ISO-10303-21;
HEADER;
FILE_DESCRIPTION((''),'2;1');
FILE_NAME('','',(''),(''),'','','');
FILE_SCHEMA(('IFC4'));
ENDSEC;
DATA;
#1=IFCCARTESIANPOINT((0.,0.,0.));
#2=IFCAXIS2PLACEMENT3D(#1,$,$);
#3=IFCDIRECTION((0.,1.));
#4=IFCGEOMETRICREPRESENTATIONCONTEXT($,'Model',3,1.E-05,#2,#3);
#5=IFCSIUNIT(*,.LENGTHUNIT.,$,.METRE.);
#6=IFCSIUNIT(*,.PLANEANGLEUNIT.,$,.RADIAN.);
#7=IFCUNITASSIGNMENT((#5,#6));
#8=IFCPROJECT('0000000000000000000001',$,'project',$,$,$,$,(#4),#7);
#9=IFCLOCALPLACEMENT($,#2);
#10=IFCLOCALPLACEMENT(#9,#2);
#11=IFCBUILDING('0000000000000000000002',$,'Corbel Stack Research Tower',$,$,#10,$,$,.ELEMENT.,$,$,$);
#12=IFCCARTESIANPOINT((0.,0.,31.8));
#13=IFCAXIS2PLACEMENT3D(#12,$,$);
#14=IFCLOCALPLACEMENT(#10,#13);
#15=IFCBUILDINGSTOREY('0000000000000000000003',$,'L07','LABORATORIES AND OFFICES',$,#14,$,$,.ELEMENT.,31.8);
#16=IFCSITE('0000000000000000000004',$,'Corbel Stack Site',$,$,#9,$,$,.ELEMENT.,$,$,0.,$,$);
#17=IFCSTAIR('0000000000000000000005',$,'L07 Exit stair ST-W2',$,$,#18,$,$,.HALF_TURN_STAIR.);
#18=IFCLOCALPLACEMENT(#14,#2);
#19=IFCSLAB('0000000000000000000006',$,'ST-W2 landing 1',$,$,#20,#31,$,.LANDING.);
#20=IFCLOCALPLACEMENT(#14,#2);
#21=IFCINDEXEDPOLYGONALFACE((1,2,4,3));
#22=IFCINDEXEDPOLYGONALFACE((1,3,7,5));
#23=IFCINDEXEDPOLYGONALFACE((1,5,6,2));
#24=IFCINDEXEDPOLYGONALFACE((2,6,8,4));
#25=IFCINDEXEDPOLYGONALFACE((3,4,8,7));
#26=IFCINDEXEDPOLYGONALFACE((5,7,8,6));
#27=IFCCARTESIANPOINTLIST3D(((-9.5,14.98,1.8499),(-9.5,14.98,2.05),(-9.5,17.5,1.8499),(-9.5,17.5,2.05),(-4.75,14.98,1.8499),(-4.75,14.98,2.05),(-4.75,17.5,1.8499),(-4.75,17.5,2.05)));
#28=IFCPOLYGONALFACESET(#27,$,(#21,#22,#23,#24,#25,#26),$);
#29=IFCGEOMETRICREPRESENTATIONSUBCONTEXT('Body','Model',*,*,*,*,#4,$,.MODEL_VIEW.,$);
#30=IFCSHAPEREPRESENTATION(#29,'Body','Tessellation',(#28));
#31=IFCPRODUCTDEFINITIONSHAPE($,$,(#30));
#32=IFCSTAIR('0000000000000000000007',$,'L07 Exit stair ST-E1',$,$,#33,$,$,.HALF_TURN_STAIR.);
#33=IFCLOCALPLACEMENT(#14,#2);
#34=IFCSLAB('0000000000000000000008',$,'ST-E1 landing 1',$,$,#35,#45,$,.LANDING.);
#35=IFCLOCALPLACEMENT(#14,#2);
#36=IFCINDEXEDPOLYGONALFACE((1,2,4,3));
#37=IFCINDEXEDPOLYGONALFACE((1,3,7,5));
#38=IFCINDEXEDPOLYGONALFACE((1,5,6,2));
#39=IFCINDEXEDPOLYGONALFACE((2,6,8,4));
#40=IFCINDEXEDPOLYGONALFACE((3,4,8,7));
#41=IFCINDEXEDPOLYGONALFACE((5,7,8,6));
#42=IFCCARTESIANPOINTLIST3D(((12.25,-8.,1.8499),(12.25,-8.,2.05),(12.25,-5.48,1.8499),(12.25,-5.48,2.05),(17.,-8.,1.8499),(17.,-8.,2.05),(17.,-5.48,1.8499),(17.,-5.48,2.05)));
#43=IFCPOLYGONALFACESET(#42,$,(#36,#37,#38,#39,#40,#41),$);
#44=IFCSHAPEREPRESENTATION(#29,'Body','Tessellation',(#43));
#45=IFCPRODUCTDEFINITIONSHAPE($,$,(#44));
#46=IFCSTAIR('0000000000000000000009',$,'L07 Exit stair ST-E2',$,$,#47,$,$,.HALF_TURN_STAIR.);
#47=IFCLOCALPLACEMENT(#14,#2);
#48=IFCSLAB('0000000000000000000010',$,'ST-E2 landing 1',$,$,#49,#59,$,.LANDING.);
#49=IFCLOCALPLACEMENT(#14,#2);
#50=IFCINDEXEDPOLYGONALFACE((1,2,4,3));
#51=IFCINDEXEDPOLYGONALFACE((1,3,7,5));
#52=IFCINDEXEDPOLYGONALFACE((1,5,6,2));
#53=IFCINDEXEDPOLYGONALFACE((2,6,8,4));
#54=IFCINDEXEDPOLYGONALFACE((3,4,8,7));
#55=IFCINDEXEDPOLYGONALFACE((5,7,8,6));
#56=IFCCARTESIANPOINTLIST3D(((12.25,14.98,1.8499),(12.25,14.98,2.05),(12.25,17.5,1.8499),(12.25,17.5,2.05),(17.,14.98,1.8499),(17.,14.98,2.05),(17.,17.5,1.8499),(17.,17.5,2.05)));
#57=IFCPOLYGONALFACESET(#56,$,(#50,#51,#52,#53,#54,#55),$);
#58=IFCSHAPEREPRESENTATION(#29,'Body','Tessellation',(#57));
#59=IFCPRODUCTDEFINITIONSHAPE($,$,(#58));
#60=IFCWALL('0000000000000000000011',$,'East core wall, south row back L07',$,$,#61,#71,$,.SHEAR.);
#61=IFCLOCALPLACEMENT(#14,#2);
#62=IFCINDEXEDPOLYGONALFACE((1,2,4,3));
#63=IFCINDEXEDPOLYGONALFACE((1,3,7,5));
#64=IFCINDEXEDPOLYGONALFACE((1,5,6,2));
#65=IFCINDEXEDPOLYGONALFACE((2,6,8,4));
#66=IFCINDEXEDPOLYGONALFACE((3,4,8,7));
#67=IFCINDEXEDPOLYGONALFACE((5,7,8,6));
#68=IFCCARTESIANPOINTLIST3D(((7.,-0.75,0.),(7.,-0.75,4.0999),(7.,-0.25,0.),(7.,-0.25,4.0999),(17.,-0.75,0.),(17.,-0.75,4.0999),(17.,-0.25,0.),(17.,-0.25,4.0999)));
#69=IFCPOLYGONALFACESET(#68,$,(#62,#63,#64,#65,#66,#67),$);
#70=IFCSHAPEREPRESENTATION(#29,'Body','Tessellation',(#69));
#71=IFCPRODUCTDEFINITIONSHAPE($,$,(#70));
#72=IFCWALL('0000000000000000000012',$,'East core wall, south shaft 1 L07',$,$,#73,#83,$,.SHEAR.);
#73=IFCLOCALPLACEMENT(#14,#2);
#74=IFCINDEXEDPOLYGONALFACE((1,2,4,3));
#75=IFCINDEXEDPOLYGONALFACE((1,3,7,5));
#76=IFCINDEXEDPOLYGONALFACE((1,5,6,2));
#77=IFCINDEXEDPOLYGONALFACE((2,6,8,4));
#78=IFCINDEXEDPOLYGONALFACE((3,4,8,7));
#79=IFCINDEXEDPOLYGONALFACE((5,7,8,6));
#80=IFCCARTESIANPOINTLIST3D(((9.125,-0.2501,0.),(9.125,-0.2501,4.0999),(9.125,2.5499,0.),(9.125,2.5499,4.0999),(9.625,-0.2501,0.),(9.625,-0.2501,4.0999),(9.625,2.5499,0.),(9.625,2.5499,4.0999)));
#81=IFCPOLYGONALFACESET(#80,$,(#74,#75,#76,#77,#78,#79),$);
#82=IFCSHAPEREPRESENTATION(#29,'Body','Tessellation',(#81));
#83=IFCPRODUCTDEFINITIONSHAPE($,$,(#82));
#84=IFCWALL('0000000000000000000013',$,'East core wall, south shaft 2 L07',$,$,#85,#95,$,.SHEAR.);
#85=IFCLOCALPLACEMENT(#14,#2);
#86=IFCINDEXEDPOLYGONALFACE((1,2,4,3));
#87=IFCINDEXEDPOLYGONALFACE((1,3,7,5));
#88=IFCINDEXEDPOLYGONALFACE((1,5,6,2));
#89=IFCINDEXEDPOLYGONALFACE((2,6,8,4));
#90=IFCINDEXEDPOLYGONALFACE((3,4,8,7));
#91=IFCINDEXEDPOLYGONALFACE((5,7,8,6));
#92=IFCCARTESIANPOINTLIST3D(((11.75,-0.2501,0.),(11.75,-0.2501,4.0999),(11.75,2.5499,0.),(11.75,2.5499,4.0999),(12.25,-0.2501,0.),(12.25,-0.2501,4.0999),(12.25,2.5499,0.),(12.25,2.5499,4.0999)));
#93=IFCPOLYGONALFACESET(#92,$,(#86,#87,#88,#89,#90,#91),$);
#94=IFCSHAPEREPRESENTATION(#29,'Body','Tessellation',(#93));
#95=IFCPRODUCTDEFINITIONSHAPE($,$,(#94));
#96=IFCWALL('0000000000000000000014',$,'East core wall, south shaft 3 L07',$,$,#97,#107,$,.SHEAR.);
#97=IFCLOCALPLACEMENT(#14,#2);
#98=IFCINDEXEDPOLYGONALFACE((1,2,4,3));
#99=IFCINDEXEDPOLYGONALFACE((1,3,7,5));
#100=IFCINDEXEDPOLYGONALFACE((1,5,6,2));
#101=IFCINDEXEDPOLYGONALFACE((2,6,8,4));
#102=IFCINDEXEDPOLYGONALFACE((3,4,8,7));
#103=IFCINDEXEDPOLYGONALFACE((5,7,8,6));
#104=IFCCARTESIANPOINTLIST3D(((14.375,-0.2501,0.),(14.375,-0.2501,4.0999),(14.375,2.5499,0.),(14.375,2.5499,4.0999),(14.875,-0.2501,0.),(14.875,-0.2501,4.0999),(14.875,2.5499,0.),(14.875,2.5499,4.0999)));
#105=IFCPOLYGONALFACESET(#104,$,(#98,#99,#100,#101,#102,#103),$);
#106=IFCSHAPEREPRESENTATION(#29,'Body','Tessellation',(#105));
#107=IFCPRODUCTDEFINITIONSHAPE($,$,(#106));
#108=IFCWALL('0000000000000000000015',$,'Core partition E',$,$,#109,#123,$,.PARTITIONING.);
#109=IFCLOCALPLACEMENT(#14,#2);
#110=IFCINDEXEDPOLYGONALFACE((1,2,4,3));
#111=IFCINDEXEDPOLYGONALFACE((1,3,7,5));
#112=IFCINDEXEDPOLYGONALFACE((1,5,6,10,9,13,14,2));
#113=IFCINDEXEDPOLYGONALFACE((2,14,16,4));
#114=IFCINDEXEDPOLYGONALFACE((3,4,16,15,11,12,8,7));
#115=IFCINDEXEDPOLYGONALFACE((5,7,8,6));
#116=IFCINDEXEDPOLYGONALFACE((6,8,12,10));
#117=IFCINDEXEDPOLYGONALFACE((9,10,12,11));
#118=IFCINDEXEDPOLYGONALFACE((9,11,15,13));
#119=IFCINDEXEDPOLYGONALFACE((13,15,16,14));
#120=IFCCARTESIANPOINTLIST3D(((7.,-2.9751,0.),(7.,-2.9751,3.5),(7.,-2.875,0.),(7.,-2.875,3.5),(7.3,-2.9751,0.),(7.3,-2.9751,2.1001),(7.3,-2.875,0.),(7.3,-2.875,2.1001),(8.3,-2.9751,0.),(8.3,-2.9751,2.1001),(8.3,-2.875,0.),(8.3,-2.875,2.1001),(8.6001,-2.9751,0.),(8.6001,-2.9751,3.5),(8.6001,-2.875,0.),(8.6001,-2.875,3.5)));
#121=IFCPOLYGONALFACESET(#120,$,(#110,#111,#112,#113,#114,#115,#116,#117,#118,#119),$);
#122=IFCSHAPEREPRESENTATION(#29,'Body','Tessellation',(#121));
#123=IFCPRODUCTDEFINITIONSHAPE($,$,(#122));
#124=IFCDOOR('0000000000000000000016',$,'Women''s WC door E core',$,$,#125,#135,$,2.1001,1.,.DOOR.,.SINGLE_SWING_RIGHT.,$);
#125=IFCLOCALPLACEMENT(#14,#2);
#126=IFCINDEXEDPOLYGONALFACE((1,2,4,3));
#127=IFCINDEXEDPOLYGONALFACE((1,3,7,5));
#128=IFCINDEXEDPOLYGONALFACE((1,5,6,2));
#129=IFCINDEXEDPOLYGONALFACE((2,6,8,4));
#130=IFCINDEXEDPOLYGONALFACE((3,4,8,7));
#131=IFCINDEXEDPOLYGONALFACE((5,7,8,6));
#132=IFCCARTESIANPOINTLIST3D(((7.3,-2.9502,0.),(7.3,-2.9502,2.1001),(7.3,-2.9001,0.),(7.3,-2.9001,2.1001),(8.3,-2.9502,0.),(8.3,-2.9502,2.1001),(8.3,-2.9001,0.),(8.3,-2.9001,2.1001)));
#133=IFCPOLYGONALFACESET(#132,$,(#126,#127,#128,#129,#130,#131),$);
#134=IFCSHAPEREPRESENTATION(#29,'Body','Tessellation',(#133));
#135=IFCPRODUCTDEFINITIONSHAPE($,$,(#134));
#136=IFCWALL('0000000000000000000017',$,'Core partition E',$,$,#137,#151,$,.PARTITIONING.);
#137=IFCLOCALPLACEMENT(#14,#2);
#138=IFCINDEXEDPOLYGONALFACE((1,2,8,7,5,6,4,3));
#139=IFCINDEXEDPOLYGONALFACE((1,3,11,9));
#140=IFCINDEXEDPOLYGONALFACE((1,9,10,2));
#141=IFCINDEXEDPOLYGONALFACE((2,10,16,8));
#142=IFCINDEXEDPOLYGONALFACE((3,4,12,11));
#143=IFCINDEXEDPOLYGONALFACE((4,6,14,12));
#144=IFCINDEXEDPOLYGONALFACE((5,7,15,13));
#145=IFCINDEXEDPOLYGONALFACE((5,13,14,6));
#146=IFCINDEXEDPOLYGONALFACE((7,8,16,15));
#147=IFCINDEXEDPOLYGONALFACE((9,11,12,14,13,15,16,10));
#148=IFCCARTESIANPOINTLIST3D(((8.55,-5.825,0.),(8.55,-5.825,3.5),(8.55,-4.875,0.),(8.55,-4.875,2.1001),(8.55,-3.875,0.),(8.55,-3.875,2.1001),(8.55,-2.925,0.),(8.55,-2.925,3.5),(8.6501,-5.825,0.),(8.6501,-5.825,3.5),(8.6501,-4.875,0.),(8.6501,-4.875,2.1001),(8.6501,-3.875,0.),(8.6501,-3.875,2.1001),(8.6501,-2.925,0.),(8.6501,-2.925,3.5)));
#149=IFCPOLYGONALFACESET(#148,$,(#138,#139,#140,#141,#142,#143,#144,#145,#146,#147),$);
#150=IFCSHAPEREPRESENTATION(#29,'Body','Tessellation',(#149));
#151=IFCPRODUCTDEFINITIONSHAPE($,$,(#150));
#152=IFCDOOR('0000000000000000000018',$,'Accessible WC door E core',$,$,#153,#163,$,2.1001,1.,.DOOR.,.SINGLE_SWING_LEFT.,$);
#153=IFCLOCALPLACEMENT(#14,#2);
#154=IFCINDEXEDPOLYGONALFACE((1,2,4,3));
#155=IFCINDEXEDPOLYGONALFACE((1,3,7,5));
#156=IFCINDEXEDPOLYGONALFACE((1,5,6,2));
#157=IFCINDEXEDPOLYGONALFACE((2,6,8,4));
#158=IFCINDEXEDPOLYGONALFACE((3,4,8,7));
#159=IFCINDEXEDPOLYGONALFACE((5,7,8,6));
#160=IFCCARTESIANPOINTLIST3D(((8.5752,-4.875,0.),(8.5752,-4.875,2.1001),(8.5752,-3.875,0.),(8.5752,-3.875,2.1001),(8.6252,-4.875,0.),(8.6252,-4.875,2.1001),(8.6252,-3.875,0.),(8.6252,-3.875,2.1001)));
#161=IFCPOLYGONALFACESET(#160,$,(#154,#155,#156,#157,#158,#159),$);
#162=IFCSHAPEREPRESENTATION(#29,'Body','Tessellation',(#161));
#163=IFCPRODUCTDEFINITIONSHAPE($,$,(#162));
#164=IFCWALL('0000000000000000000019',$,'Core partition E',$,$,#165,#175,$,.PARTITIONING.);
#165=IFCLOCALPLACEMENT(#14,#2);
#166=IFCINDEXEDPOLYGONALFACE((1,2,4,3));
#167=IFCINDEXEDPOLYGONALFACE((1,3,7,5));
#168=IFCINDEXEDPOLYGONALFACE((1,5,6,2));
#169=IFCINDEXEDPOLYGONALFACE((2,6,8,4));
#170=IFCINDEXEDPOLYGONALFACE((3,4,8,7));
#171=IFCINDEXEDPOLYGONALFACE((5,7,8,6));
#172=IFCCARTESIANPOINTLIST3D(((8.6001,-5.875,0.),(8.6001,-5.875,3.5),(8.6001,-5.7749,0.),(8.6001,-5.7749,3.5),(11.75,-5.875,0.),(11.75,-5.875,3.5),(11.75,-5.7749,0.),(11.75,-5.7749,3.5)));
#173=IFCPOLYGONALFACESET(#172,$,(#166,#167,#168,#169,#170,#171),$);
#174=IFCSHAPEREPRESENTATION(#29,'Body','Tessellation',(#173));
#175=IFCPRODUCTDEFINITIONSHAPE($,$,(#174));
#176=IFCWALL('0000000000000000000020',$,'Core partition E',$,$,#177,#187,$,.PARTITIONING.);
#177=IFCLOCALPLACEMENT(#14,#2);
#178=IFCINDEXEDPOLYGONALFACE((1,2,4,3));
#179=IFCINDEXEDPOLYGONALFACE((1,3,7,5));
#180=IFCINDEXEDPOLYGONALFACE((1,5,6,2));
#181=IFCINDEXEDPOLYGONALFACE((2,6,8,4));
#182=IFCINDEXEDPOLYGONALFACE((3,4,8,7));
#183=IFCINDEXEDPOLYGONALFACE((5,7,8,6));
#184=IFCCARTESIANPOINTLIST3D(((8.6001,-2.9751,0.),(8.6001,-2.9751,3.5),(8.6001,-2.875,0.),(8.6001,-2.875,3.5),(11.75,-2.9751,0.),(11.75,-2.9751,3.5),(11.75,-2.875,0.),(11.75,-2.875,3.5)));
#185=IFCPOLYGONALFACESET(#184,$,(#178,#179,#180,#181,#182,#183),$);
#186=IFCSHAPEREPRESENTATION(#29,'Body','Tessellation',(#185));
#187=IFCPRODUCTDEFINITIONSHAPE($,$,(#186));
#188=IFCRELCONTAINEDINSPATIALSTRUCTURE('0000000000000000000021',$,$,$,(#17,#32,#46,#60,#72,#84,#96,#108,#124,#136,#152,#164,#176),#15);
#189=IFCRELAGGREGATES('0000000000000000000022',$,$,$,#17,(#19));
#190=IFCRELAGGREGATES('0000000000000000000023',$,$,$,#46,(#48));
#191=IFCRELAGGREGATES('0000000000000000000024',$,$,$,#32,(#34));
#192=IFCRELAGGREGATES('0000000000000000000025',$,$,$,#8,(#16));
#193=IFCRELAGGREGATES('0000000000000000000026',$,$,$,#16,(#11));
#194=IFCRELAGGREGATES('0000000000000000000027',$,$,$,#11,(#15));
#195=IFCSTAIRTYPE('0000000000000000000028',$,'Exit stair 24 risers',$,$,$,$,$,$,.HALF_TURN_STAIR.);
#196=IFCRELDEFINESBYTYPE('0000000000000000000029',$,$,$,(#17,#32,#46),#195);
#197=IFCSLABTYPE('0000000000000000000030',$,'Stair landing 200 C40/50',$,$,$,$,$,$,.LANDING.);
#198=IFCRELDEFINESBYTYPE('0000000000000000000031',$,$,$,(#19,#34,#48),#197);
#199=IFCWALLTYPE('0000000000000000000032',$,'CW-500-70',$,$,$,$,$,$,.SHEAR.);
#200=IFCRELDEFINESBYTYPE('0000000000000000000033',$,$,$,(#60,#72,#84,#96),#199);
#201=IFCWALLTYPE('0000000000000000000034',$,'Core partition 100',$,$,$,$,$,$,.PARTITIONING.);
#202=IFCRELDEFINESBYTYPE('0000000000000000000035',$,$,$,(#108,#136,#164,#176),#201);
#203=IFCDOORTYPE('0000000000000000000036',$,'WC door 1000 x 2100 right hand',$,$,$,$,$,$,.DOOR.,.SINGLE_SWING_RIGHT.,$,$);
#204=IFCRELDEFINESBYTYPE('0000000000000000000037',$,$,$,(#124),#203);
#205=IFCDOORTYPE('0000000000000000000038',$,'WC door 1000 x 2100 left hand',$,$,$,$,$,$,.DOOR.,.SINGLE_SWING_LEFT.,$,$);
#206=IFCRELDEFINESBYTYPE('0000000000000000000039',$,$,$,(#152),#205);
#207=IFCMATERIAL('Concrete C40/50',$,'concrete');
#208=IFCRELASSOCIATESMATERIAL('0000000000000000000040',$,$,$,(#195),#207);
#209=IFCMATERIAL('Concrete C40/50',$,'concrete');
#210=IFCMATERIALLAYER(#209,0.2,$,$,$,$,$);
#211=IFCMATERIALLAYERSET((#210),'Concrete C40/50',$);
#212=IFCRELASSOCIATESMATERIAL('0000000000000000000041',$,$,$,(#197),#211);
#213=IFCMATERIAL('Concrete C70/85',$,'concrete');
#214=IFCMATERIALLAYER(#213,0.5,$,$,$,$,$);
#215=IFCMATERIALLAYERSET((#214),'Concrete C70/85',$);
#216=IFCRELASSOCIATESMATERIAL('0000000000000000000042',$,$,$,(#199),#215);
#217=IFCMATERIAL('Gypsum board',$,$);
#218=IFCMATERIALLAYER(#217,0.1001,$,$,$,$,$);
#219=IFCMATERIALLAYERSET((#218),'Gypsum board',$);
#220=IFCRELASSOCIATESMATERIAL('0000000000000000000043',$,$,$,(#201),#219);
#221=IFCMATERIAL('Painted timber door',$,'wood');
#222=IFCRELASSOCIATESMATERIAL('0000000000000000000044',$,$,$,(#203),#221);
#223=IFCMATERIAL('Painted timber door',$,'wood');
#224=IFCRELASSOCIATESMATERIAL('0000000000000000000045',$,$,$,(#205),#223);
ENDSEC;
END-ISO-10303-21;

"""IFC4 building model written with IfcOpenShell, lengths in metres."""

from ifc_helpers import new_model, si_unit, direction, frame, frame_2d, origin, place, context, subcontext, project, spatial, polyline, rectangle, outline, extrude, material, layer, layer_set, type_object, element, fill, aggregate, save


model = new_model("IFC4")

# Units and contexts
model_context = context("Model", 3, precision=1e-05, world=origin(), true_north=direction((0.0, 1.0)))
body_context = subcontext(model_context, "Body", "Model", "MODEL_VIEW")
ifc_project = project(units=[si_unit("LENGTHUNIT", "METRE"), si_unit("PLANEANGLEUNIT", "RADIAN")], contexts=[model_context])

# Site, building, storey
site_placement = place(None, origin())
site = spatial("IfcSite", under=ifc_project, at=site_placement, Name="Corbel Stack Site", CompositionType="ELEMENT", RefElevation=0.0)
building_placement = place(site_placement, origin())
building = spatial("IfcBuilding", under=site, at=building_placement, Name="Corbel Stack Research Tower", CompositionType="ELEMENT")
storey_placement = place(building_placement, frame((0.0, 0.0, 31.8)))
storey = spatial("IfcBuildingStorey", under=building, at=storey_placement, Name="L07", Description="LABORATORIES AND OFFICES", CompositionType="ELEMENT", Elevation=31.8)

# Stairs, slabs
ifc_material_1 = material(Name="Concrete C40/50", Category="concrete")
stair_type = type_object("IfcStairType", Name="Exit stair 24 risers", PredefinedType="HALF_TURN_STAIR", material=ifc_material_1)
ifc_material_2 = material(Name="Concrete C40/50", Category="concrete")
ifc_layer_1 = layer(ifc_material_2, 0.2)
ifc_layer_set_1 = layer_set([ifc_layer_1], Name="Concrete C40/50")
slab_type_1 = type_object("IfcSlabType", Name="Stair landing 200 C40/50", PredefinedType="LANDING", material=ifc_layer_set_1)
stair_1_placement = place(storey_placement, origin())
stair_1 = element("IfcStair", 1, at=stair_1_placement, inside=storey, type_object=stair_type, Name="L07 Exit stair ST-W2", PredefinedType="HALF_TURN_STAIR")
slab_1_placement = place(storey_placement, frame((0.0, 0.0, 1.8499)))
slab_1 = element("IfcSlab", 2, at=slab_1_placement, type_object=slab_type_1, Name="ST-W2 landing 1", PredefinedType="LANDING", context=body_context, shape_type="SweptSolid", body=[
    extrude(outline(polyline([(-9.5, 14.98), (-9.5, 17.5), (-4.75, 17.5), (-4.75, 14.98), (-9.5, 14.98)])), origin(), (0.0, 0.0, 1.0), 0.2002),
])
aggregate(stair_1, [slab_1])
stair_2_placement = place(storey_placement, origin())
stair_2 = element("IfcStair", 3, at=stair_2_placement, inside=storey, type_object=stair_type, Name="L07 Exit stair ST-E1", PredefinedType="HALF_TURN_STAIR")
slab_2_placement = place(storey_placement, frame((0.0, 0.0, 1.8499)))
slab_2 = element("IfcSlab", 4, at=slab_2_placement, type_object=slab_type_1, Name="ST-E1 landing 1", PredefinedType="LANDING", context=body_context, shape_type="SweptSolid", body=[
    extrude(outline(polyline([(12.25, -8.0), (12.25, -5.48), (17.0, -5.48), (17.0, -8.0), (12.25, -8.0)])), origin(), (0.0, 0.0, 1.0), 0.2002),
])
stair_3_placement = place(storey_placement, origin())
stair_3 = element("IfcStair", 5, at=stair_3_placement, inside=storey, type_object=stair_type, Name="L07 Exit stair ST-E2", PredefinedType="HALF_TURN_STAIR")
slab_3_placement = place(storey_placement, frame((0.0, 0.0, 1.8499)))
slab_3 = element("IfcSlab", 6, at=slab_3_placement, type_object=slab_type_1, Name="ST-E2 landing 1", PredefinedType="LANDING", context=body_context, shape_type="SweptSolid", body=[
    extrude(outline(polyline([(12.25, 14.98), (12.25, 17.5), (17.0, 17.5), (17.0, 14.98), (12.25, 14.98)])), origin(), (0.0, 0.0, 1.0), 0.2002),
])
aggregate(stair_3, [slab_3])

# Walls
ifc_material_3 = material(Name="Concrete C70/85", Category="concrete")
ifc_layer_2 = layer(ifc_material_3, 0.5)
ifc_layer_set_2 = layer_set([ifc_layer_2], Name="Concrete C70/85")
wall_type_1 = type_object("IfcWallType", Name="CW-500-70", PredefinedType="SHEAR", material=ifc_layer_set_2)
wall_1_placement = place(storey_placement, frame((7.0, -0.5, 0.0), z_axis=(0.0, 0.0, 1.0), x_axis=(1.0, 0.0, 0.0)))
element("IfcWall", 7, at=wall_1_placement, inside=storey, type_object=wall_type_1, Name="East core wall, south row back L07", PredefinedType="SHEAR", context=body_context, shape_type="SweptSolid", body=[
    extrude(rectangle(XDim=10.0, YDim=0.5, at=frame_2d((5.0, 0.0))), origin(), (0.0, 0.0, 1.0), 4.0999),
])
for number, where, z_axis, x_axis, name in (
    (8, (9.375, -0.25, 0.0), (0.0, 0.0, 1.0), (0.0, 1.0, 0.0), "East core wall, south shaft 1 L07"),
    (9, (12.0, -0.25, 0.0), (0.0, 0.0, 1.0), (0.0, 1.0, 0.0), "East core wall, south shaft 2 L07"),
    (10, (14.625, -0.25, 0.0), (0.0, 0.0, 1.0), (0.0, 1.0, 0.0), "East core wall, south shaft 3 L07"),
):
    element("IfcWall", number, at=place(storey_placement, frame(where, z_axis=z_axis, x_axis=x_axis)), inside=storey, type_object=wall_type_1, Name=name, PredefinedType="SHEAR", context=body_context, shape_type="SweptSolid", body=[
        extrude(rectangle(XDim=2.8, YDim=0.5, at=frame_2d((1.3999, 0.0))), origin(), (0.0, 0.0, 1.0), 4.0999),
    ])

# Walls, openings, doors
ifc_material_4 = material(Name="Gypsum board")
ifc_layer_3 = layer(ifc_material_4, 0.1001)
ifc_layer_set_3 = layer_set([ifc_layer_3], Name="Gypsum board")
wall_type_2 = type_object("IfcWallType", Name="Core partition 100", PredefinedType="PARTITIONING", material=ifc_layer_set_3)
wall_2_placement = place(storey_placement, frame((7.0, -2.925, 0.0), z_axis=(0.0, 0.0, 1.0), x_axis=(1.0, 0.0, 0.0)))
wall_2 = element("IfcWall", 11, at=wall_2_placement, inside=storey, type_object=wall_type_2, Name="Core partition E", PredefinedType="PARTITIONING", context=body_context, shape_type="SweptSolid", body=[
    extrude(rectangle(XDim=1.6001, YDim=0.1001, at=frame_2d((0.8, 0.0))), origin(), (0.0, 0.0, 1.0), 3.5),
])
opening_1_placement = place(wall_2_placement, frame((0.3, 0.0, 0.0)))
opening_1 = element("IfcOpeningElement", 12, at=opening_1_placement, cuts=wall_2, PredefinedType="OPENING", context=body_context, shape_type="SweptSolid", body=[
    extrude(rectangle(XDim=1.0, YDim=2.1001, at=frame_2d((0.5, 1.05))), frame((0.0, 0.0601, 0.0), z_axis=(0.0, -1.0, 0.0), x_axis=(1.0, 0.0, 0.0)), (0.0, 0.0, 1.0), 0.1201),
])
ifc_material_5 = material(Name="Painted timber door", Category="wood")
door_type_1 = type_object("IfcDoorType", Name="WC door 1000 x 2100 right hand", OperationType="SINGLE_SWING_RIGHT", PredefinedType="DOOR", material=ifc_material_5)
door_1_placement = place(opening_1_placement, origin())
door_1 = element("IfcDoor", 13, at=door_1_placement, inside=storey, type_object=door_type_1, Name="Women's WC door E core", OperationType="SINGLE_SWING_RIGHT", OverallHeight=2.1001, OverallWidth=1.0, PredefinedType="DOOR", context=body_context, shape_type="SweptSolid", body=[
    extrude(rectangle(XDim=1.0, YDim=2.1001, at=frame_2d((0.5, 1.05))), frame((0.0, 0.0249, 0.0), z_axis=(0.0, -1.0, 0.0), x_axis=(1.0, 0.0, 0.0)), (0.0, 0.0, 1.0), 0.05),
])
fill(opening_1, door_1)
wall_3_placement = place(storey_placement, frame((8.6001, -5.825, 0.0), z_axis=(0.0, 0.0, 1.0), x_axis=(0.0, 1.0, 0.0)))
wall_3 = element("IfcWall", 14, at=wall_3_placement, inside=storey, type_object=wall_type_2, Name="Core partition E", PredefinedType="PARTITIONING", context=body_context, shape_type="SweptSolid", body=[
    extrude(rectangle(XDim=2.8999, YDim=0.1001, at=frame_2d((1.45, 0.0))), origin(), (0.0, 0.0, 1.0), 3.5),
])
opening_2_placement = place(wall_3_placement, frame((0.95, 0.0, 0.0)))
opening_2 = element("IfcOpeningElement", 15, at=opening_2_placement, cuts=wall_3, PredefinedType="OPENING", context=body_context, shape_type="SweptSolid", body=[
    extrude(rectangle(XDim=1.0, YDim=2.1001, at=frame_2d((0.5, 1.05))), frame((0.0, 0.0601, 0.0), z_axis=(0.0, -1.0, 0.0), x_axis=(1.0, 0.0, 0.0)), (0.0, 0.0, 1.0), 0.1201),
])
ifc_material_6 = material(Name="Painted timber door", Category="wood")
door_type_2 = type_object("IfcDoorType", Name="WC door 1000 x 2100 left hand", OperationType="SINGLE_SWING_LEFT", PredefinedType="DOOR", material=ifc_material_6)
door_2_placement = place(opening_2_placement, origin())
door_2 = element("IfcDoor", 16, at=door_2_placement, inside=storey, type_object=door_type_2, Name="Accessible WC door E core", OperationType="SINGLE_SWING_LEFT", OverallHeight=2.1001, OverallWidth=1.0, PredefinedType="DOOR", context=body_context, shape_type="SweptSolid", body=[
    extrude(rectangle(XDim=1.0, YDim=2.1001, at=frame_2d((0.5, 1.05))), frame((0.0, 0.0249, 0.0), z_axis=(0.0, -1.0, 0.0), x_axis=(1.0, 0.0, 0.0)), (0.0, 0.0, 1.0), 0.05),
])
fill(opening_2, door_2)

# Walls
for number, where, z_axis, x_axis, name in (
    (17, (8.6001, -5.825, 0.0), (0.0, 0.0, 1.0), (1.0, 0.0, 0.0), "Core partition E"),
    (18, (8.6001, -2.925, 0.0), (0.0, 0.0, 1.0), (1.0, 0.0, 0.0), "Core partition E"),
):
    element("IfcWall", number, at=place(storey_placement, frame(where, z_axis=z_axis, x_axis=x_axis)), inside=storey, type_object=wall_type_2, Name=name, PredefinedType="PARTITIONING", context=body_context, shape_type="SweptSolid", body=[
        extrude(rectangle(XDim=3.1499, YDim=0.1001, at=frame_2d((1.575, 0.0))), origin(), (0.0, 0.0, 1.0), 3.5),
    ])

aggregate(stair_2, [slab_2])

save(model, "model.ifc")
